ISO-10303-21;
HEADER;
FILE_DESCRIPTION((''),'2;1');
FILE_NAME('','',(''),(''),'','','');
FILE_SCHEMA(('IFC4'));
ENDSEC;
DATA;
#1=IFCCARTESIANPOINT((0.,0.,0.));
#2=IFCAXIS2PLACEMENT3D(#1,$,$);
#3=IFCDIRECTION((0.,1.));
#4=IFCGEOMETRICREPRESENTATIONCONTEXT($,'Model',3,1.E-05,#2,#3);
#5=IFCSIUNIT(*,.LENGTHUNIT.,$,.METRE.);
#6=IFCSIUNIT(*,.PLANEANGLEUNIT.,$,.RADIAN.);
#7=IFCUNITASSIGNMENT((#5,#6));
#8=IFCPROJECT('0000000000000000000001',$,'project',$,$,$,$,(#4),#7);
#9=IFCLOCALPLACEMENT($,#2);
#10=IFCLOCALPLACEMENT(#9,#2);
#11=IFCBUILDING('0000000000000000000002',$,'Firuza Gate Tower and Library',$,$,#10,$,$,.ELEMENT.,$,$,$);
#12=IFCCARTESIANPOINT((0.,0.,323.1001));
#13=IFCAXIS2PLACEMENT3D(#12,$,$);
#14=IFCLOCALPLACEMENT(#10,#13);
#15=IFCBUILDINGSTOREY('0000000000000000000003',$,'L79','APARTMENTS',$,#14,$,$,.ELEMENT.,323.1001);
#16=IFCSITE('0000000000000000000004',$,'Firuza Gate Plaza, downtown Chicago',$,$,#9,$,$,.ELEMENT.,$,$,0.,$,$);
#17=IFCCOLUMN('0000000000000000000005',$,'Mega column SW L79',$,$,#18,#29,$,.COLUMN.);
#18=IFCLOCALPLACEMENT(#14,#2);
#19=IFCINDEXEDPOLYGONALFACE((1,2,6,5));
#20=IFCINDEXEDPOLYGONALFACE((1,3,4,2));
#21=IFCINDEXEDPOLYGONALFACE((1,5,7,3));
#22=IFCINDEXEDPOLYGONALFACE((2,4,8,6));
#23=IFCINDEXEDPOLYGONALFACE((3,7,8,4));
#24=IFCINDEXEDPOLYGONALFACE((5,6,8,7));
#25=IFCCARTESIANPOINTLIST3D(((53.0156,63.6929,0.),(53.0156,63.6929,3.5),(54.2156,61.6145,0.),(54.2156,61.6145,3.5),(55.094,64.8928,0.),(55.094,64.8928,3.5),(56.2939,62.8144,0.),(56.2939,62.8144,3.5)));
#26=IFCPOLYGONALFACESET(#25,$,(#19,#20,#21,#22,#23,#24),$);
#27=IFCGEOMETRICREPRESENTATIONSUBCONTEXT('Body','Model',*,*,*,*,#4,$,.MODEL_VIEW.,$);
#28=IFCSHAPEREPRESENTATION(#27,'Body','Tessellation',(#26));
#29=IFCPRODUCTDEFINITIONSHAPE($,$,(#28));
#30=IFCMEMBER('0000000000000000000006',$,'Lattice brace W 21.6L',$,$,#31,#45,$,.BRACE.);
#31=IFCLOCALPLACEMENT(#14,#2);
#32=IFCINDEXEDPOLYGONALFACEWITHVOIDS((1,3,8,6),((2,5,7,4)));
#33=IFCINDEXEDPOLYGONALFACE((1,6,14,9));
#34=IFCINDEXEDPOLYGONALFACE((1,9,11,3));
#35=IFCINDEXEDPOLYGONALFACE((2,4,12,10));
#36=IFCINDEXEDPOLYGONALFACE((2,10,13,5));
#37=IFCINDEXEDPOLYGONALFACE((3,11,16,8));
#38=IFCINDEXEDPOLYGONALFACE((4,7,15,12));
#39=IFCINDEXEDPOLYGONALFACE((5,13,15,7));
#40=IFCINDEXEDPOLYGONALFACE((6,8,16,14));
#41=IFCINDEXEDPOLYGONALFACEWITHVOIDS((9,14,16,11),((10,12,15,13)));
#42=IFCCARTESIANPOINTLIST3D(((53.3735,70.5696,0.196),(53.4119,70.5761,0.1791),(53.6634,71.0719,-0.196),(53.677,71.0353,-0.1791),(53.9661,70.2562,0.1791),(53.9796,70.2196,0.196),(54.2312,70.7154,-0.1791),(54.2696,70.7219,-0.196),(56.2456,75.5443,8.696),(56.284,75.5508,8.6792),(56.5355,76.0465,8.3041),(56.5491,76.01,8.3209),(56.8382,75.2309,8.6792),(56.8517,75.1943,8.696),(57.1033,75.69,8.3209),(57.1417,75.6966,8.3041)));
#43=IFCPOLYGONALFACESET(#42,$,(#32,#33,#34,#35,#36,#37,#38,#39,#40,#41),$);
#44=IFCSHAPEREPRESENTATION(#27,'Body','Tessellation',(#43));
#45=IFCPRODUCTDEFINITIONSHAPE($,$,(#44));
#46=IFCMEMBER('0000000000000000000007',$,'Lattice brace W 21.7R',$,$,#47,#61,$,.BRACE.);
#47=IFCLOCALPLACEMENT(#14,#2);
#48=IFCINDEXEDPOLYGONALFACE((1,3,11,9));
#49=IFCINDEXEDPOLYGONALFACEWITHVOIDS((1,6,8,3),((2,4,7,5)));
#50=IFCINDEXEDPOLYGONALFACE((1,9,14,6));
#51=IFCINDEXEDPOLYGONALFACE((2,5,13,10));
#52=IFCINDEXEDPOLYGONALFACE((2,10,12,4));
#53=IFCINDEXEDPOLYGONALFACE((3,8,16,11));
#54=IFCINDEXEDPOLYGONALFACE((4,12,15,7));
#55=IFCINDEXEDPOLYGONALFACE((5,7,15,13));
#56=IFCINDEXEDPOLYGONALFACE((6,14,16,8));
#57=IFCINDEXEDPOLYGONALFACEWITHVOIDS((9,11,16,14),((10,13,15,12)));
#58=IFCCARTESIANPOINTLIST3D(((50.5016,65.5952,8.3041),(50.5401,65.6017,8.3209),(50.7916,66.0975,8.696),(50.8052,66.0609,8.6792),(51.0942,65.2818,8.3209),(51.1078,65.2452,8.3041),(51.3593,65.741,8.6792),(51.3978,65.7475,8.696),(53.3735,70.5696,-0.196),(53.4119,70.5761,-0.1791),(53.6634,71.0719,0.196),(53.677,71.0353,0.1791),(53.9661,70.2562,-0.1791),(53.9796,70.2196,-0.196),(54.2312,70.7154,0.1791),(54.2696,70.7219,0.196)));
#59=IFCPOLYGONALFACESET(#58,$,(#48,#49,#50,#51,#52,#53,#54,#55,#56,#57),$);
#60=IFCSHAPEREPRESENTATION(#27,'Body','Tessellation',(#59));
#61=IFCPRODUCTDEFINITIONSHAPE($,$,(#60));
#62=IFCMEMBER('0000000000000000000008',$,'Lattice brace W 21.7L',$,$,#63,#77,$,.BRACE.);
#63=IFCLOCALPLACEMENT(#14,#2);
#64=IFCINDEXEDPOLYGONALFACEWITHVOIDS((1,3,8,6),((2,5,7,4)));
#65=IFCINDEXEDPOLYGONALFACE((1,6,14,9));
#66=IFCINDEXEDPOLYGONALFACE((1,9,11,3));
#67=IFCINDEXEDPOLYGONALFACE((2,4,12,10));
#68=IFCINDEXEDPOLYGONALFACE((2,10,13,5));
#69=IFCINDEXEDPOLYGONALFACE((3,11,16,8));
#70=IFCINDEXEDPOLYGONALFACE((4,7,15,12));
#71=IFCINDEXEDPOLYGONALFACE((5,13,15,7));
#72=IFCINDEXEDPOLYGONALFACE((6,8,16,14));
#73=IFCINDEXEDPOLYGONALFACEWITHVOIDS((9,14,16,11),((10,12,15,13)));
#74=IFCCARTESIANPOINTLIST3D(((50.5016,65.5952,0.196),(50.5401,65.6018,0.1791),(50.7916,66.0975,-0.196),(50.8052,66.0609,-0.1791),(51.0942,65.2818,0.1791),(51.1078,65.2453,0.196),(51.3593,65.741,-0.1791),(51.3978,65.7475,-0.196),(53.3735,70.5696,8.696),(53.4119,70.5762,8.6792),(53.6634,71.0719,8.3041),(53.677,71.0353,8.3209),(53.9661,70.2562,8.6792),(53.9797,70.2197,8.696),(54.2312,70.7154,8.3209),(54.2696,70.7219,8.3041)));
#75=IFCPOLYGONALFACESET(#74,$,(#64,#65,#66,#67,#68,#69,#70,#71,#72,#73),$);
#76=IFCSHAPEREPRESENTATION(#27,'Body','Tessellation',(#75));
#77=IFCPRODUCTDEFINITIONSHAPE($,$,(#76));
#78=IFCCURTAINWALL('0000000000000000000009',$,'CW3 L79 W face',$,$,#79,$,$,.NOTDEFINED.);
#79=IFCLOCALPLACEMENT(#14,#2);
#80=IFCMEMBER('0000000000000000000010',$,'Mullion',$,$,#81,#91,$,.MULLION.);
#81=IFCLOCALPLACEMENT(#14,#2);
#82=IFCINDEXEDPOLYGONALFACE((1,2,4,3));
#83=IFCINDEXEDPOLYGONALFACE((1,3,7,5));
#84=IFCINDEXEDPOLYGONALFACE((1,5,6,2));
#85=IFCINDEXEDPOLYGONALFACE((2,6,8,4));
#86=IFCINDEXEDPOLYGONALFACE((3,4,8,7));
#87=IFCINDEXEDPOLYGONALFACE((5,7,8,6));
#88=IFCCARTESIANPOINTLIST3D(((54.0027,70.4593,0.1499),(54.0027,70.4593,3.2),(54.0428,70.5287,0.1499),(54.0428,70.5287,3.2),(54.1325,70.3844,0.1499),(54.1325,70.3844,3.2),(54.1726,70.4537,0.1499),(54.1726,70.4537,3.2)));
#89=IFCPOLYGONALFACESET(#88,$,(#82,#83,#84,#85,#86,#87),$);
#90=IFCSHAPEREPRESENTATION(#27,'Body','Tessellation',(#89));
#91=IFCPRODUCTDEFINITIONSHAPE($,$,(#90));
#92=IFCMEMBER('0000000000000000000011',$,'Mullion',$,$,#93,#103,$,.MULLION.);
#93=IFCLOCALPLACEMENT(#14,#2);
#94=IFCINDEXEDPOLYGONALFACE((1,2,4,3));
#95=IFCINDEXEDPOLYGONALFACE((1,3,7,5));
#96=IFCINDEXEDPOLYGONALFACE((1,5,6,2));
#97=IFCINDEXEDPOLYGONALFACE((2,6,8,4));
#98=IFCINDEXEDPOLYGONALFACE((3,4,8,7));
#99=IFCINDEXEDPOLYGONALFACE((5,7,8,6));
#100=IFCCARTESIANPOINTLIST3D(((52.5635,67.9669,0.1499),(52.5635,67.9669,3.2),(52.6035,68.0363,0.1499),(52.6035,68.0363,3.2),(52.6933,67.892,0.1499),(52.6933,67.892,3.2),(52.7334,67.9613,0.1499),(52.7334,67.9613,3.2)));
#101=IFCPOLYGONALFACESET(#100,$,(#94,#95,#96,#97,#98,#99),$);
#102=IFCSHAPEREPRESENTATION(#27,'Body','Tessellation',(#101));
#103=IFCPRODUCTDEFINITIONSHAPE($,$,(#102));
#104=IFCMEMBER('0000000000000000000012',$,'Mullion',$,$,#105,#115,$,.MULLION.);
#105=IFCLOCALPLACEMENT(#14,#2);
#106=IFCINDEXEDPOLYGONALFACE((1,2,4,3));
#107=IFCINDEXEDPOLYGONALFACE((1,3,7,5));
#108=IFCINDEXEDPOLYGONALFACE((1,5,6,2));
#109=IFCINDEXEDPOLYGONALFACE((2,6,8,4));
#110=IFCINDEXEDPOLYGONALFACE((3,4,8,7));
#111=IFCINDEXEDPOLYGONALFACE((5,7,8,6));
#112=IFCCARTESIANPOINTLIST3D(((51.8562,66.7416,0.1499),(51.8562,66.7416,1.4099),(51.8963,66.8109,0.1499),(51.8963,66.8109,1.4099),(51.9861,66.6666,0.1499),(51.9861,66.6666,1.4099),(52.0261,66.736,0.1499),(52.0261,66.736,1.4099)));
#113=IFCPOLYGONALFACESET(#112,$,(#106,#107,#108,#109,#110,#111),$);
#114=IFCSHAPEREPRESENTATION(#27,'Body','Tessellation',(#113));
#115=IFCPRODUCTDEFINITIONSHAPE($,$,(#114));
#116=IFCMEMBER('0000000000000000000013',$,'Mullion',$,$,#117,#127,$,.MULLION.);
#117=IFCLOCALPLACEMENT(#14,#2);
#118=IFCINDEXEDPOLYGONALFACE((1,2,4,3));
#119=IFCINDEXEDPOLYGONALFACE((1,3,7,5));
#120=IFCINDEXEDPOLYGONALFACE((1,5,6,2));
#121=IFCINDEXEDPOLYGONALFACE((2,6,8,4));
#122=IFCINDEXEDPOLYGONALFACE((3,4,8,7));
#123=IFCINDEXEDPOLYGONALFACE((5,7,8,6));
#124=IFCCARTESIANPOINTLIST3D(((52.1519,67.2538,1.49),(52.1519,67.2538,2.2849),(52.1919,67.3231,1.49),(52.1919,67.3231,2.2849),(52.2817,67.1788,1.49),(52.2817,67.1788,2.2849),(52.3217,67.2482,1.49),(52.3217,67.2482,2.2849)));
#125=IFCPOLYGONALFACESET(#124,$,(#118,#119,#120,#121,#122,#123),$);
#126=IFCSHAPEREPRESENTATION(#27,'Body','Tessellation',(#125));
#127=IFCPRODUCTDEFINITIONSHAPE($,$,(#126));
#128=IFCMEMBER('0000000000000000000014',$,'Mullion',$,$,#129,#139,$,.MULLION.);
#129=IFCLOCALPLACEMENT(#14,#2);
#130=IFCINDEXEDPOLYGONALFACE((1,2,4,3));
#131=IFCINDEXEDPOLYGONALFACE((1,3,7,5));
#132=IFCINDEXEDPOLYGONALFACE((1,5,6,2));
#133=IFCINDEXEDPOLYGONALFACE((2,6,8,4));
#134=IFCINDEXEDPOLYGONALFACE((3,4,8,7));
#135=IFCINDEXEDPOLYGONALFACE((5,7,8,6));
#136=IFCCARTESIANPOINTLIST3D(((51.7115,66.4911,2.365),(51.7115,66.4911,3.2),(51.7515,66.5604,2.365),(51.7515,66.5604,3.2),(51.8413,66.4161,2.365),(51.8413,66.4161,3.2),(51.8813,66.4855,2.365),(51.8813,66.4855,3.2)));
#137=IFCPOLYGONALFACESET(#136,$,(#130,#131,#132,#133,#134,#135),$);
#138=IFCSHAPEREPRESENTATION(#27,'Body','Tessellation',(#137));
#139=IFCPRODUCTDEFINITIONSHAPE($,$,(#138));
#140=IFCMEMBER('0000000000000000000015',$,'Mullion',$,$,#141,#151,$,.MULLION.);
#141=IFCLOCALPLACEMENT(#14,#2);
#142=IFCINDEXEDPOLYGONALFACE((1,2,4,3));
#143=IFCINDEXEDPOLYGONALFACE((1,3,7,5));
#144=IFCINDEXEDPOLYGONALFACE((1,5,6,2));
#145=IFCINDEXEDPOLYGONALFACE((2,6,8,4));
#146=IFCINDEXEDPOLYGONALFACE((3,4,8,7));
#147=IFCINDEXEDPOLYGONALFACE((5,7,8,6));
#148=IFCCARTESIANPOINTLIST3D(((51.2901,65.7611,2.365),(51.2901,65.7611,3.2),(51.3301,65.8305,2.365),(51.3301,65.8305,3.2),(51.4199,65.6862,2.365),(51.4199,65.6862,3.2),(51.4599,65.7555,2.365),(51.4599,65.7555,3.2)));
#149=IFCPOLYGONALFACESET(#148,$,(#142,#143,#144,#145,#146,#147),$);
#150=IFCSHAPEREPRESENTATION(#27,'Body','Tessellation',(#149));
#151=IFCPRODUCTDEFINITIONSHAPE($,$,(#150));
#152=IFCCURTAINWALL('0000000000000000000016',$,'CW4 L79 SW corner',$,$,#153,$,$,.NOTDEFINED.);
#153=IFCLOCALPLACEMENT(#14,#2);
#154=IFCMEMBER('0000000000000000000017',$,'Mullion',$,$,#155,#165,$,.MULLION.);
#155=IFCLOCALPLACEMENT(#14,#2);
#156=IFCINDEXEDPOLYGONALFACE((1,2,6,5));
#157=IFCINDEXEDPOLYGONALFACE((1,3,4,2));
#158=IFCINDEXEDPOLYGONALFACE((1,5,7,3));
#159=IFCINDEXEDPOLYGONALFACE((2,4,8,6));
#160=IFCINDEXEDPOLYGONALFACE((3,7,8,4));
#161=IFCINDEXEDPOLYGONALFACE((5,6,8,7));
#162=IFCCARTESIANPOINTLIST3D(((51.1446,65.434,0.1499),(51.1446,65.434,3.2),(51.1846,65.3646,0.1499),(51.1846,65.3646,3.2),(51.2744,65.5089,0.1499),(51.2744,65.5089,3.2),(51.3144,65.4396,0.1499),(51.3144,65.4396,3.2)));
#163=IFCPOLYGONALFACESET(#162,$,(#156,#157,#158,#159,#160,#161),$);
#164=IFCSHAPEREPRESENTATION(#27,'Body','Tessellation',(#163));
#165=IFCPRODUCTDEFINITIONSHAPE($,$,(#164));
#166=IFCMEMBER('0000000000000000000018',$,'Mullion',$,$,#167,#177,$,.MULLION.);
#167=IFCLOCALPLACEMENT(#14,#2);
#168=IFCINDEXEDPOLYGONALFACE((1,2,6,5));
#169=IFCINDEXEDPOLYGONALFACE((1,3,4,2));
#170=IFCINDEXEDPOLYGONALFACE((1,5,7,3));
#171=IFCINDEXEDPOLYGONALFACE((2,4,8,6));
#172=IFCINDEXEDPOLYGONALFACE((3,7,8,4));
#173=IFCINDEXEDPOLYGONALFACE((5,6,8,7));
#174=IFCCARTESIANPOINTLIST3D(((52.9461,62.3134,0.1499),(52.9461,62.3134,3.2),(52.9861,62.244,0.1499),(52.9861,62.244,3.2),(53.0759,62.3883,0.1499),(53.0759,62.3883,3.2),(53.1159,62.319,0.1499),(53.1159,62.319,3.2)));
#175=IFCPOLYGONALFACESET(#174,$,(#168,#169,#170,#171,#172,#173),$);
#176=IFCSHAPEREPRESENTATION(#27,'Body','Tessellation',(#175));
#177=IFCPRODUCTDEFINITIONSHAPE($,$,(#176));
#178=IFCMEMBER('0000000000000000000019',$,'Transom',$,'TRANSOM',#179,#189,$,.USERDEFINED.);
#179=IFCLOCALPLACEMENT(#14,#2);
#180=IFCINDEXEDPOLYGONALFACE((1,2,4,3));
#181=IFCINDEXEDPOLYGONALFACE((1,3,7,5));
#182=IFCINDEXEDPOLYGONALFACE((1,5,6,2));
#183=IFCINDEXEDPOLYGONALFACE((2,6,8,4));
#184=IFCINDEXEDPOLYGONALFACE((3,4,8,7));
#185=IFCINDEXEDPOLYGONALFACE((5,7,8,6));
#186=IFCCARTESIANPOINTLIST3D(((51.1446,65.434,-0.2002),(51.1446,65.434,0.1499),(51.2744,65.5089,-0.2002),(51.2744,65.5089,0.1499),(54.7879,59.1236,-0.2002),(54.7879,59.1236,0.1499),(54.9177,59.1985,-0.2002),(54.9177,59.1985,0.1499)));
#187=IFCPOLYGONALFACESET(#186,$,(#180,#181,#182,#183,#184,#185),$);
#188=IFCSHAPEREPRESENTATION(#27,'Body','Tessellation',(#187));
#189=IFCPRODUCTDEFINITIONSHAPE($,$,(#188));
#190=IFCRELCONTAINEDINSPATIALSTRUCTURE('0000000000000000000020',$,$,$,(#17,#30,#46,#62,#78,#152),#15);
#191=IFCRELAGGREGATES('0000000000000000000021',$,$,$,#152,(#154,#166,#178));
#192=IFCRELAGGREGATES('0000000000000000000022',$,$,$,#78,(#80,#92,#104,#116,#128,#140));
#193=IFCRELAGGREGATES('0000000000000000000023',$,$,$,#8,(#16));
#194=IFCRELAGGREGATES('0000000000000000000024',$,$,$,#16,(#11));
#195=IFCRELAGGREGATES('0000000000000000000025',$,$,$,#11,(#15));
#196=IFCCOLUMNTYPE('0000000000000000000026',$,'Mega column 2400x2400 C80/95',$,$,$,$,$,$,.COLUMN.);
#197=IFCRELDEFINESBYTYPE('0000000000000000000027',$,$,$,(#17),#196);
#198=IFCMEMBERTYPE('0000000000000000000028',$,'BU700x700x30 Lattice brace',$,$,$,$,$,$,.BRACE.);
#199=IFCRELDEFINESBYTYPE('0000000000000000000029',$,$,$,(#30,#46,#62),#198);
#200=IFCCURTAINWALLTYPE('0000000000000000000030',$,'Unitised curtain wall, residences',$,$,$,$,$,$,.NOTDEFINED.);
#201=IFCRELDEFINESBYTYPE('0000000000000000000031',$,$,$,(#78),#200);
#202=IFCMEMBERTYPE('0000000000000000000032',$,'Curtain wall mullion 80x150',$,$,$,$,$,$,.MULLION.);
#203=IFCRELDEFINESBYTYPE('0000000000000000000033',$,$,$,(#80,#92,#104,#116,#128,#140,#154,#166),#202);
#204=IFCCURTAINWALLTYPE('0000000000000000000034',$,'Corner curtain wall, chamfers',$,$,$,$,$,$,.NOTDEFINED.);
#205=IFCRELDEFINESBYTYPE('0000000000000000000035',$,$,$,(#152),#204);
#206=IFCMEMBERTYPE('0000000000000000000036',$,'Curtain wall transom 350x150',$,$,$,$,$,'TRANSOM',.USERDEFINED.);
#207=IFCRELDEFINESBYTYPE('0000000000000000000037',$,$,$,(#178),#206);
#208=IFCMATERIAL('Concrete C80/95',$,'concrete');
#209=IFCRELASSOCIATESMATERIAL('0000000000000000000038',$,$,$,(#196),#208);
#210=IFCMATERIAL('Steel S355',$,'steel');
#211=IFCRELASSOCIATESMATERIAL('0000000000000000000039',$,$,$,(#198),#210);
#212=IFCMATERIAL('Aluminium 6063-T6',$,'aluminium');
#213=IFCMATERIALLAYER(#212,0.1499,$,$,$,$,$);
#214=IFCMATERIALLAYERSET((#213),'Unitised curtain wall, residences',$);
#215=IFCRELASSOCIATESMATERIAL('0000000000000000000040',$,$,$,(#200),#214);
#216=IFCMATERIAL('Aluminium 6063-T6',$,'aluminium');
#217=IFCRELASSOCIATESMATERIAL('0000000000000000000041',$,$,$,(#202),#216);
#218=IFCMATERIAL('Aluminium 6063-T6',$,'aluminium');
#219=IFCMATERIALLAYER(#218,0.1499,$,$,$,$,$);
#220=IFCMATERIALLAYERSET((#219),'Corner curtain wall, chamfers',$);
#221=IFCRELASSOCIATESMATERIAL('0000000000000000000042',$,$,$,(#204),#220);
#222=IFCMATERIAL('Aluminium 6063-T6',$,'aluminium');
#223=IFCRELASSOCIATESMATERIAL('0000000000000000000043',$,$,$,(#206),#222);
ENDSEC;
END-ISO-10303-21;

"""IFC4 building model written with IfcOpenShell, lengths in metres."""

from ifc_helpers import new_model, si_unit, direction, frame, origin, origin_2d, place, context, subcontext, project, spatial, rectangle, hollow_rectangle, extrude, material, layer, layer_set, material_profile, profile_set, type_object, element, aggregate, save


model = new_model("IFC4")

# Units and contexts
model_context = context("Model", 3, precision=1e-05, world=origin(), true_north=direction((0.0, 1.0)))
body_context = subcontext(model_context, "Body", "Model", "MODEL_VIEW")
ifc_project = project(units=[si_unit("LENGTHUNIT", "METRE"), si_unit("PLANEANGLEUNIT", "RADIAN")], contexts=[model_context])

# Site, building, storey
site_placement = place(None, origin())
site = spatial("IfcSite", under=ifc_project, at=site_placement, Name="Firuza Gate Plaza, downtown Chicago", CompositionType="ELEMENT", RefElevation=0.0)
building_placement = place(site_placement, origin())
building = spatial("IfcBuilding", under=site, at=building_placement, Name="Firuza Gate Tower and Library", CompositionType="ELEMENT")
storey_placement = place(building_placement, frame((0.0, 0.0, 323.1001)))
storey = spatial("IfcBuildingStorey", under=building, at=storey_placement, Name="L79", Description="APARTMENTS", CompositionType="ELEMENT", Elevation=323.1001)

# Column
ifc_material_1 = material(Name="Concrete C80/95", Category="concrete")
ifc_material_profile_1 = material_profile(ifc_material_1, rectangle(XDim=2.3999, YDim=2.3999, at=origin_2d()))
ifc_profile_set_1 = profile_set([ifc_material_profile_1], Name="Concrete C80/95")
column_type = type_object("IfcColumnType", Name="Mega column 2400x2400 C80/95", PredefinedType="COLUMN", material=ifc_profile_set_1)
column_placement = place(storey_placement, frame((54.6548, 63.2537, 0.0), z_axis=(0.0, 0.0, 1.0), x_axis=(0.5, -0.866025, 0.0)))
element("IfcColumn", 1, at=column_placement, inside=storey, type_object=column_type, Name="Mega column SW L79", PredefinedType="COLUMN", context=body_context, shape_type="SweptSolid", body=[
    extrude(rectangle(XDim=2.3999, YDim=2.3999, at=origin_2d()), origin(), (0.0, 0.0, 1.0), 3.5),
])

# Members
ifc_material_2 = material(Name="Steel S355", Category="steel")
ifc_material_profile_2 = material_profile(ifc_material_2, hollow_rectangle(XDim=0.7, YDim=0.7, WallThickness=0.03, at=origin_2d()))
ifc_profile_set_2 = profile_set([ifc_material_profile_2], Name="Steel S355")
member_type_1 = type_object("IfcMemberType", Name="BU700x700x30 Lattice brace", PredefinedType="BRACE", material=ifc_profile_set_2)
member_1_placement = place(storey_placement, frame((53.8215, 70.6458, 0.0), z_axis=(0.279958, 0.484906, 0.828547), x_axis=(-0.866027, 0.499997, 0.0)))
element("IfcMember", 2, at=member_1_placement, inside=storey, type_object=member_type_1, Name="Lattice brace W 21.6L", PredefinedType="BRACE", context=body_context, shape_type="SweptSolid", body=[
    extrude(hollow_rectangle(XDim=0.7, YDim=0.7, WallThickness=0.03, at=origin_2d()), origin(), (0.0, 0.0, 1.0), 10.259),
])
for number, where, z_axis, x_axis, name in (
    (3, (53.8215, 70.6458, 0.0), (-0.27994, -0.484891, 0.828562), (0.866035, -0.499984, 0.0), "Lattice brace W 21.7R"),
    (4, (50.9497, 65.6714, 0.0), (0.27994, 0.484891, 0.828562), (-0.866035, 0.499984, 0.0), "Lattice brace W 21.7L"),
):
    element("IfcMember", number, at=place(storey_placement, frame(where, z_axis=z_axis, x_axis=x_axis)), inside=storey, type_object=member_type_1, Name=name, PredefinedType="BRACE", context=body_context, shape_type="SweptSolid", body=[
        extrude(hollow_rectangle(XDim=0.7, YDim=0.7, WallThickness=0.03, at=origin_2d()), origin(), (0.0, 0.0, 1.0), 10.2588),
    ])

# Curtain walls, members
ifc_material_3 = material(Name="Aluminium 6063-T6", Category="aluminium")
ifc_layer_1 = layer(ifc_material_3, 0.1499)
ifc_layer_set_1 = layer_set([ifc_layer_1], Name="Unitised curtain wall, residences")
curtain_wall_type_1 = type_object("IfcCurtainWallType", Name="Unitised curtain wall, residences", PredefinedType="NOTDEFINED", material=ifc_layer_set_1)
placement = place(storey_placement, origin())
curtain_wall_1 = element("IfcCurtainWall", 5, at=placement, inside=storey, type_object=curtain_wall_type_1, Name="CW3 L79 W face", PredefinedType="NOTDEFINED")
ifc_material_4 = material(Name="Aluminium 6063-T6", Category="aluminium")
ifc_material_profile_3 = material_profile(ifc_material_4, rectangle(XDim=0.1499, YDim=0.0801, at=origin_2d()))
ifc_profile_set_3 = profile_set([ifc_material_profile_3], Name="Aluminium 6063-T6")
member_type_2 = type_object("IfcMemberType", Name="Curtain wall mullion 80x150", PredefinedType="MULLION", material=ifc_profile_set_3)
member_2_placement = place(storey_placement, frame((54.0876, 70.4565, 0.1499), z_axis=(0.0, 0.0, 1.0), x_axis=(0.866025, -0.5, 0.0)))
member_2 = element("IfcMember", 6, at=member_2_placement, type_object=member_type_2, Name="Mullion", PredefinedType="MULLION", context=body_context, shape_type="SweptSolid", body=[
    extrude(rectangle(XDim=0.1499, YDim=0.0801, at=origin_2d()), origin(), (0.0, 0.0, 1.0), 3.05),
])
member_3_placement = place(storey_placement, frame((52.6484, 67.9641, 0.1499), z_axis=(0.0, 0.0, 1.0), x_axis=(0.866025, -0.5, 0.0)))
member_3 = element("IfcMember", 7, at=member_3_placement, type_object=member_type_2, Name="Mullion", PredefinedType="MULLION", context=body_context, shape_type="SweptSolid", body=[
    extrude(rectangle(XDim=0.1499, YDim=0.0801, at=origin_2d()), origin(), (0.0, 0.0, 1.0), 3.05),
])
member_4_placement = place(storey_placement, frame((51.9412, 66.7388, 0.1499), z_axis=(0.0, 0.0, 1.0), x_axis=(0.866025, -0.5, 0.0)))
member_4 = element("IfcMember", 8, at=member_4_placement, type_object=member_type_2, Name="Mullion", PredefinedType="MULLION", context=body_context, shape_type="SweptSolid", body=[
    extrude(rectangle(XDim=0.1499, YDim=0.0801, at=origin_2d()), origin(), (0.0, 0.0, 1.0), 1.26),
])
member_5_placement = place(storey_placement, frame((52.2368, 67.251, 1.49), z_axis=(0.0, 0.0, 1.0), x_axis=(0.866025, -0.5, 0.0)))
member_5 = element("IfcMember", 9, at=member_5_placement, type_object=member_type_2, Name="Mullion", PredefinedType="MULLION", context=body_context, shape_type="SweptSolid", body=[
    extrude(rectangle(XDim=0.1499, YDim=0.0801, at=origin_2d()), origin(), (0.0, 0.0, 1.0), 0.7949),
])
member_6_placement = place(storey_placement, frame((51.7964, 66.4883, 2.365), z_axis=(0.0, 0.0, 1.0), x_axis=(0.866025, -0.5, 0.0)))
member_6 = element("IfcMember", 10, at=member_6_placement, type_object=member_type_2, Name="Mullion", PredefinedType="MULLION", context=body_context, shape_type="SweptSolid", body=[
    extrude(rectangle(XDim=0.1499, YDim=0.0801, at=origin_2d()), origin(), (0.0, 0.0, 1.0), 0.835),
])
member_7_placement = place(storey_placement, frame((51.375, 65.7583, 2.365), z_axis=(0.0, 0.0, 1.0), x_axis=(0.866025, -0.5, 0.0)))
member_7 = element("IfcMember", 11, at=member_7_placement, type_object=member_type_2, Name="Mullion", PredefinedType="MULLION", context=body_context, shape_type="SweptSolid", body=[
    extrude(rectangle(XDim=0.1499, YDim=0.0801, at=origin_2d()), origin(), (0.0, 0.0, 1.0), 0.835),
])
ifc_material_5 = material(Name="Aluminium 6063-T6", Category="aluminium")
ifc_layer_2 = layer(ifc_material_5, 0.1499)
ifc_layer_set_2 = layer_set([ifc_layer_2], Name="Corner curtain wall, chamfers")
curtain_wall_type_2 = type_object("IfcCurtainWallType", Name="Corner curtain wall, chamfers", PredefinedType="NOTDEFINED", material=ifc_layer_set_2)
curtain_wall_2 = element("IfcCurtainWall", 12, at=placement, inside=storey, type_object=curtain_wall_type_2, Name="CW4 L79 SW corner", PredefinedType="NOTDEFINED")
member_8_placement = place(storey_placement, frame((51.2295, 65.4368, 0.1499), z_axis=(0.0, 0.0, 1.0), x_axis=(0.866025, 0.5, 0.0)))
member_8 = element("IfcMember", 13, at=member_8_placement, type_object=member_type_2, Name="Mullion", PredefinedType="MULLION", context=body_context, shape_type="SweptSolid", body=[
    extrude(rectangle(XDim=0.1499, YDim=0.0801, at=origin_2d()), origin(), (0.0, 0.0, 1.0), 3.05),
])
member_9_placement = place(storey_placement, frame((53.031, 62.3162, 0.1499), z_axis=(0.0, 0.0, 1.0), x_axis=(0.866025, 0.5, 0.0)))
member_9 = element("IfcMember", 14, at=member_9_placement, type_object=member_type_2, Name="Mullion", PredefinedType="MULLION", context=body_context, shape_type="SweptSolid", body=[
    extrude(rectangle(XDim=0.1499, YDim=0.0801, at=origin_2d()), origin(), (0.0, 0.0, 1.0), 3.05),
])
ifc_material_6 = material(Name="Aluminium 6063-T6", Category="aluminium")
ifc_material_profile_4 = material_profile(ifc_material_6, rectangle(XDim=0.1499, YDim=0.3501, at=origin_2d()))
ifc_profile_set_4 = profile_set([ifc_material_profile_4], Name="Aluminium 6063-T6")
member_type_3 = type_object("IfcMemberType", Name="Curtain wall transom 350x150", ElementType="TRANSOM", PredefinedType="USERDEFINED", material=ifc_profile_set_4)
member_10_placement = place(storey_placement, frame((51.2095, 65.4714, -0.0251), z_axis=(0.500006, -0.866022, 0.0), x_axis=(0.866022, 0.500006, 0.0)))
member_10 = element("IfcMember", 15, at=member_10_placement, type_object=member_type_3, Name="Transom", ObjectType="TRANSOM", PredefinedType="USERDEFINED", context=body_context, shape_type="SweptSolid", body=[
    extrude(rectangle(XDim=0.1499, YDim=0.3501, at=origin_2d()), origin(), (0.0, 0.0, 1.0), 7.2866),
])

aggregate(curtain_wall_2, [member_8, member_9, member_10])
aggregate(curtain_wall_1, [member_2, member_3, member_4, member_5, member_6, member_7])

save(model, "model.ifc")
